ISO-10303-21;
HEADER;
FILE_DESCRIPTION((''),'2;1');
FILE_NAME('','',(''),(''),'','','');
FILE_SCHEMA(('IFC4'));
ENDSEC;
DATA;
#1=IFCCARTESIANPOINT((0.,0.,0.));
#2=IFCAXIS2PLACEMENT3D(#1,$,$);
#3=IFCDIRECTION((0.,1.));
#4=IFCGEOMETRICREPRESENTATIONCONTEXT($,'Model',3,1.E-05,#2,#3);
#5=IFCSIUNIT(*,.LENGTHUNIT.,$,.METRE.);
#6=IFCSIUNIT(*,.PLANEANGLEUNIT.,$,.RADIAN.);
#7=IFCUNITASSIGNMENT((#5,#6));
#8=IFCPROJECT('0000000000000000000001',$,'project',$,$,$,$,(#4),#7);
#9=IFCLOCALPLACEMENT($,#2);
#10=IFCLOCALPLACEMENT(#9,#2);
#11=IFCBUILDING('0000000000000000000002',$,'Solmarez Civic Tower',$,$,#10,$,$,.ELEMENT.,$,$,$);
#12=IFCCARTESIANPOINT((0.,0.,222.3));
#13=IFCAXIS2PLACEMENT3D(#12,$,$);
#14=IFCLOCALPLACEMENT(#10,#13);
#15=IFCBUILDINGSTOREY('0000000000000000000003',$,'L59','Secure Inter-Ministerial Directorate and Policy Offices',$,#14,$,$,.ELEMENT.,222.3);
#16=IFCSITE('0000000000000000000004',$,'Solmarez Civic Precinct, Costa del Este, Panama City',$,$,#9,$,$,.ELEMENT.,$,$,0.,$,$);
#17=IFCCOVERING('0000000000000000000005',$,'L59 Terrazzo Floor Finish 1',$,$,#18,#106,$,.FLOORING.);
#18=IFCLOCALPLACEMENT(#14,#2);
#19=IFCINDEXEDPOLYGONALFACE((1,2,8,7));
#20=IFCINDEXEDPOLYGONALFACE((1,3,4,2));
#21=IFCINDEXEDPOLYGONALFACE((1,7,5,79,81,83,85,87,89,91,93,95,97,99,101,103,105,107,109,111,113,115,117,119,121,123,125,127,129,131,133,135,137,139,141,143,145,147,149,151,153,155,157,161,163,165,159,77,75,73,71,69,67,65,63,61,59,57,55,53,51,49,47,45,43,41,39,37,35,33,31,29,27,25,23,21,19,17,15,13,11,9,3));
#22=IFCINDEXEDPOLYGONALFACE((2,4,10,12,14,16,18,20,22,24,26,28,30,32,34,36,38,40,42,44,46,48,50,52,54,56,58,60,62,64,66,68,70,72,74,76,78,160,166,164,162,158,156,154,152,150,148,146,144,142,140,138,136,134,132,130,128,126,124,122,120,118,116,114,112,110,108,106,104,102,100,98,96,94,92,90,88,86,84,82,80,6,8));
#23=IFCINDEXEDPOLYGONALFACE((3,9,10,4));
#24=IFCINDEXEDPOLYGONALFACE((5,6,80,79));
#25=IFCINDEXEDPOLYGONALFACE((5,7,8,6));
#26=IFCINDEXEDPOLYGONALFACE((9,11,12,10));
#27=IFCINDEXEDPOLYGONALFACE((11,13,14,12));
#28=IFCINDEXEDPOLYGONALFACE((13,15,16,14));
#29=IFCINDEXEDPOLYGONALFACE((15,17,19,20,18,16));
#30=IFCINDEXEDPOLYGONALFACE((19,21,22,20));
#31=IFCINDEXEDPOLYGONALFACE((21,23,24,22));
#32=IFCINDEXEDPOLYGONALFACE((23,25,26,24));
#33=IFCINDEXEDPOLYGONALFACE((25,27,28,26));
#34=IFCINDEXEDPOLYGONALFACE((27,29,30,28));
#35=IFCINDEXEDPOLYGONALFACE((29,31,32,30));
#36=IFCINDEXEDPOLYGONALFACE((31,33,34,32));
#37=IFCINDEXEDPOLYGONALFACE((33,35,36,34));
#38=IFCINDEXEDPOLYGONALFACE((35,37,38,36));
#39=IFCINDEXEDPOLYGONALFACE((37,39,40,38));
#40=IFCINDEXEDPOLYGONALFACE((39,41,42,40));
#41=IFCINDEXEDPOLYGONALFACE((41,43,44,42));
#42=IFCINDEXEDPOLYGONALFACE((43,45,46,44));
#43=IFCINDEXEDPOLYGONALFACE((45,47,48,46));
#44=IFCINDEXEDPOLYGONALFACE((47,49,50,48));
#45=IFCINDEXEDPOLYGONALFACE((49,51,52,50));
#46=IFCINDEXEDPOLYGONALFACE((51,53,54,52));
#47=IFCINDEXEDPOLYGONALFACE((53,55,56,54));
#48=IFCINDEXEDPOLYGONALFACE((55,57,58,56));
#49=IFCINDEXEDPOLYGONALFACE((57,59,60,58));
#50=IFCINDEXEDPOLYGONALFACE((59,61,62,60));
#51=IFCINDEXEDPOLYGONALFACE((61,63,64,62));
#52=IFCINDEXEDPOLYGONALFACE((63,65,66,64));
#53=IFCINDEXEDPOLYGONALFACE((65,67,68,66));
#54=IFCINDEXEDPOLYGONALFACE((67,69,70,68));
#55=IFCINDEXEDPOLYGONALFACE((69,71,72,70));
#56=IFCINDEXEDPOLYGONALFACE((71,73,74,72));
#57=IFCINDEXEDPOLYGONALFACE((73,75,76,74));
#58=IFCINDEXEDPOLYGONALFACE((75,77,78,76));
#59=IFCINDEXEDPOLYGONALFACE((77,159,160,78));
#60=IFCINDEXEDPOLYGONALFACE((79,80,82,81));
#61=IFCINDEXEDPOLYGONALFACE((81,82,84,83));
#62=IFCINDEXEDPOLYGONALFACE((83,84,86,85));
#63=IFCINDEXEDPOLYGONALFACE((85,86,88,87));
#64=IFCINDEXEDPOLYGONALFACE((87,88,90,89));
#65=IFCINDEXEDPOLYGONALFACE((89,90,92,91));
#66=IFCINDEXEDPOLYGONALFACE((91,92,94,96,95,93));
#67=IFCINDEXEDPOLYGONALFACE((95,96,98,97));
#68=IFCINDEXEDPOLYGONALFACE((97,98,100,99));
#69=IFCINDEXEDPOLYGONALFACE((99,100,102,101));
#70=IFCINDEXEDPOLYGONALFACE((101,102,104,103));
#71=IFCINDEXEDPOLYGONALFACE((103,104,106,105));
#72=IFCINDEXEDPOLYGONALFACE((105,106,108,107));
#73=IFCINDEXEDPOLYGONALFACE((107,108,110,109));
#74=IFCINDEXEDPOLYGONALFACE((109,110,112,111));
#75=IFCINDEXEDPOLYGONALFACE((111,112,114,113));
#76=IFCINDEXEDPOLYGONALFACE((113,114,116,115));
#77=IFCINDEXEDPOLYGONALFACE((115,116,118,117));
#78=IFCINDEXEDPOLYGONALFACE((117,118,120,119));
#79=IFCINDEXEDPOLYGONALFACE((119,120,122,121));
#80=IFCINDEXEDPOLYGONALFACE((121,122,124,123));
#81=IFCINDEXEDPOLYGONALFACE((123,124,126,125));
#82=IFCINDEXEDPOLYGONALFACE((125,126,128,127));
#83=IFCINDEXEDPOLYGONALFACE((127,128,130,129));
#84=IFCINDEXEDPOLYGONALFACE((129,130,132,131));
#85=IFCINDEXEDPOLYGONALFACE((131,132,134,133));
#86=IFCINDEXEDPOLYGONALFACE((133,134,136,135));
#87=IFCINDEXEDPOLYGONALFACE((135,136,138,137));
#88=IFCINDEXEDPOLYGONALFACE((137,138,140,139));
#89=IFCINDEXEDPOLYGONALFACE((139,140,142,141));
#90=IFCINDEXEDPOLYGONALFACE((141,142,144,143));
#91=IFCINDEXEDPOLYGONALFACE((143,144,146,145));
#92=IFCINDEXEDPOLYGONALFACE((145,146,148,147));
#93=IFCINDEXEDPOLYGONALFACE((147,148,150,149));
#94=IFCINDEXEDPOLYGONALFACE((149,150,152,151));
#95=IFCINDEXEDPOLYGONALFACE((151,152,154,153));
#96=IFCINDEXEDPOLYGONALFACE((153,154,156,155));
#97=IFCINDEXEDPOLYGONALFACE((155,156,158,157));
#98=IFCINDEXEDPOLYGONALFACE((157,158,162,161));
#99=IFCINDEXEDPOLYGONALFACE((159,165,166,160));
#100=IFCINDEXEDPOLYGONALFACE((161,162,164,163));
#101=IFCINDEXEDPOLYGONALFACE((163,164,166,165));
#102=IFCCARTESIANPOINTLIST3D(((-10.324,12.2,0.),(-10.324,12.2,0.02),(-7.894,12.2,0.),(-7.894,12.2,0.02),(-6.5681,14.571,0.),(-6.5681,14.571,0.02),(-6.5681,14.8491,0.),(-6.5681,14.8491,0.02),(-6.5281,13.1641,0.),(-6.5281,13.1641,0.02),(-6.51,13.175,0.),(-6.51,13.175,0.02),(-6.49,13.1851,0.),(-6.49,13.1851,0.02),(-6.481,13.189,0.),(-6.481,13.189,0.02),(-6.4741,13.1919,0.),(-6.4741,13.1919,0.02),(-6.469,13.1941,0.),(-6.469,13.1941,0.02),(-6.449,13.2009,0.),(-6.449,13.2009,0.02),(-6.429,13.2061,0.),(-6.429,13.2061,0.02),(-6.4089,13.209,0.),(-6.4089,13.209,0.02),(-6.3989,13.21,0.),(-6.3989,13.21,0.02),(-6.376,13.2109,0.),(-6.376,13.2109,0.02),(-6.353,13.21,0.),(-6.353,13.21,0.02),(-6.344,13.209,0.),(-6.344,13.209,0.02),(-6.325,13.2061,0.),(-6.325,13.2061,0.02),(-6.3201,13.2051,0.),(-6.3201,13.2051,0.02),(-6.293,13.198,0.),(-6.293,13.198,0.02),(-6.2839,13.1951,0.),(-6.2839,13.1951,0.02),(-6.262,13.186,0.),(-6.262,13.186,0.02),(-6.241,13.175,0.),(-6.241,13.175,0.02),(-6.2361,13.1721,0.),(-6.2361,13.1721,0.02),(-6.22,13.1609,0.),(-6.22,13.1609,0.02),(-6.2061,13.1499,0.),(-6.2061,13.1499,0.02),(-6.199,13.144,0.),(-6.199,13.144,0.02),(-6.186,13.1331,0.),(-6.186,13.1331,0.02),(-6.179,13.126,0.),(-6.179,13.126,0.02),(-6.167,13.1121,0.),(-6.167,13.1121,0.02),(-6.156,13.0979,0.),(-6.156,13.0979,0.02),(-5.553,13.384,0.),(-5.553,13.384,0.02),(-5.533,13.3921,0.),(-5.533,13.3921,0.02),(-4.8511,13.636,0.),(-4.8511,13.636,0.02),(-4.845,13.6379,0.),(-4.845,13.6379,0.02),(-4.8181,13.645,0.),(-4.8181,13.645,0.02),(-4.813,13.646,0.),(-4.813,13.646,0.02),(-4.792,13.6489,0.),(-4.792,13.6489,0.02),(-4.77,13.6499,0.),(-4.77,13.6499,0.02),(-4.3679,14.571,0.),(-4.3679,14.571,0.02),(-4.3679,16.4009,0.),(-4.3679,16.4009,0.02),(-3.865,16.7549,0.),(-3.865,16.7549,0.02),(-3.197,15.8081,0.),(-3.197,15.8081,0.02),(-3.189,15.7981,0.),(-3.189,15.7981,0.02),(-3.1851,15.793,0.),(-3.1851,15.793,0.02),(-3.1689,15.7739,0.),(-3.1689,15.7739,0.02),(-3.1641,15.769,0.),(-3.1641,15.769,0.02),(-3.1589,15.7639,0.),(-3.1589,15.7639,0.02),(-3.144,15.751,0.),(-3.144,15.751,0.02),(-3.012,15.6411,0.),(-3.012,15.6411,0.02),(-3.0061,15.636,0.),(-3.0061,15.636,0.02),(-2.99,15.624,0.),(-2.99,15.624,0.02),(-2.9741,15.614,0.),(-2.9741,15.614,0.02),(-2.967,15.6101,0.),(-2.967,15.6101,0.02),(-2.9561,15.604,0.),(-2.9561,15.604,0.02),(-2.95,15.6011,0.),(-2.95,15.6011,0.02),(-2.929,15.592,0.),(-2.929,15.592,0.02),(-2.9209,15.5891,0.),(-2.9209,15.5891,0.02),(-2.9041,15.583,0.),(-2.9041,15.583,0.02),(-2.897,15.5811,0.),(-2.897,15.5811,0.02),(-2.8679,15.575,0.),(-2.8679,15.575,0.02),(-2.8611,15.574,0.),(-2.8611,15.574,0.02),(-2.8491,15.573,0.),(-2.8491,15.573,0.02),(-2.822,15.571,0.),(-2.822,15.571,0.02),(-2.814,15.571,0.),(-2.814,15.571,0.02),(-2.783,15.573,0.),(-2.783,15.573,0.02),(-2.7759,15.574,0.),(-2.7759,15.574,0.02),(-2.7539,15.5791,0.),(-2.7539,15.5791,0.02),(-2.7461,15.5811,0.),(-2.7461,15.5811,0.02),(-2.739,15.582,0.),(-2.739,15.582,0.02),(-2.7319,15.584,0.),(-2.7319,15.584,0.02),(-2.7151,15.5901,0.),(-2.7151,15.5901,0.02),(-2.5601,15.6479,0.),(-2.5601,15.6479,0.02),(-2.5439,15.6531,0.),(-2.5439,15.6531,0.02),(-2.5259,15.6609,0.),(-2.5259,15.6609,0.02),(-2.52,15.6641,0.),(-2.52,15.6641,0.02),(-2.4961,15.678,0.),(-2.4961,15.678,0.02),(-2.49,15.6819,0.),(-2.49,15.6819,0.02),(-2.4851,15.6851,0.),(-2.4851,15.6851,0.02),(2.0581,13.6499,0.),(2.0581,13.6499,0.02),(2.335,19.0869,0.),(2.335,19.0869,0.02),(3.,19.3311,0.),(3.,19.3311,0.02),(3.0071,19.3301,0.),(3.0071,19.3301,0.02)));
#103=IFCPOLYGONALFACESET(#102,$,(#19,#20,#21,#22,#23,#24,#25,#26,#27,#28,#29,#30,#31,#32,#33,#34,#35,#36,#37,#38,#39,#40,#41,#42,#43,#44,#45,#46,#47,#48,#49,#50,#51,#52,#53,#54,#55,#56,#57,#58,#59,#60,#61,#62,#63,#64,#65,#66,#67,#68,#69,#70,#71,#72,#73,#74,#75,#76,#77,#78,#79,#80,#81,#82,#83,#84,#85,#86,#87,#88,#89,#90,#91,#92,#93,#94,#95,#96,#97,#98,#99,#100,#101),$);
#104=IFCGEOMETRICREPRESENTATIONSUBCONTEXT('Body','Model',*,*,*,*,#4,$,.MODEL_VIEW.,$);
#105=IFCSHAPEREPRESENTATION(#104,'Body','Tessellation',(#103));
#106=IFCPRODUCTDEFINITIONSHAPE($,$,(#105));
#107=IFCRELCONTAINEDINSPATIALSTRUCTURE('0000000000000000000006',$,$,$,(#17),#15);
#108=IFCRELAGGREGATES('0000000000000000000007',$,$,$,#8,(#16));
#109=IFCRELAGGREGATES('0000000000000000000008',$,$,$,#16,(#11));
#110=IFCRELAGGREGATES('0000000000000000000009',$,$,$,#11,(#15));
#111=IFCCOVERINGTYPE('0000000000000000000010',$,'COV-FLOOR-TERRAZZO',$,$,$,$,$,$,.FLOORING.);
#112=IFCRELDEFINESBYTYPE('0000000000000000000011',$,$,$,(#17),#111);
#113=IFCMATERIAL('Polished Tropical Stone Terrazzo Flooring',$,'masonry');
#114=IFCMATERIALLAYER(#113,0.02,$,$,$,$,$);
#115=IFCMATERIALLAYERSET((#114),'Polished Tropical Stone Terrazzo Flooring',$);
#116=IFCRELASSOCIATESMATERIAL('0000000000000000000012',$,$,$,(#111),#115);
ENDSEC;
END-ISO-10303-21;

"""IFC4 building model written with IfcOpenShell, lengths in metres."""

from ifc_helpers import new_model, si_unit, direction, frame, origin, place, context, subcontext, project, spatial, polyline, outline, extrude, material, layer, layer_set, type_object, element, save


model = new_model("IFC4")

# Units and contexts
model_context = context("Model", 3, precision=1e-05, world=origin(), true_north=direction((0.0, 1.0)))
body_context = subcontext(model_context, "Body", "Model", "MODEL_VIEW")
ifc_project = project(units=[si_unit("LENGTHUNIT", "METRE"), si_unit("PLANEANGLEUNIT", "RADIAN")], contexts=[model_context])

# Site, building, storey
site_placement = place(None, origin())
site = spatial("IfcSite", under=ifc_project, at=site_placement, Name="Solmarez Civic Precinct, Costa del Este, Panama City", CompositionType="ELEMENT", RefElevation=0.0)
building_placement = place(site_placement, origin())
building = spatial("IfcBuilding", under=site, at=building_placement, Name="Solmarez Civic Tower", CompositionType="ELEMENT")
storey_placement = place(building_placement, frame((0.0, 0.0, 222.3)))
storey = spatial("IfcBuildingStorey", under=building, at=storey_placement, Name="L59", Description="Secure Inter-Ministerial Directorate and Policy Offices", CompositionType="ELEMENT", Elevation=222.3)

# Covering
ifc_material_1 = material(Name="Polished Tropical Stone Terrazzo Flooring", Category="masonry")
ifc_layer_1 = layer(ifc_material_1, 0.02)
ifc_layer_set_1 = layer_set([ifc_layer_1], Name="Polished Tropical Stone Terrazzo Flooring")
covering_type_1 = type_object("IfcCoveringType", Name="COV-FLOOR-TERRAZZO", PredefinedType="FLOORING", material=ifc_layer_set_1)
covering_1_placement = place(storey_placement, origin())
element("IfcCovering", 1, at=covering_1_placement, inside=storey, type_object=covering_type_1, Name="L59 Terrazzo Floor Finish 1", PredefinedType="FLOORING", context=body_context, shape_type="SweptSolid", body=[
    extrude(outline(polyline([(-10.324, 12.2), (-7.894, 12.2), (-6.5281, 13.1641), (-6.51, 13.175), (-6.49, 13.1851), (-6.481, 13.189), (-6.4741, 13.1919), (-6.469, 13.1941), (-6.449, 13.2009), (-6.429, 13.2061), (-6.4089, 13.209), (-6.3989, 13.21), (-6.376, 13.2109), (-6.353, 13.21), (-6.344, 13.209), (-6.325, 13.2061), (-6.3201, 13.2051), (-6.293, 13.198), (-6.2839, 13.1951), (-6.262, 13.186), (-6.241, 13.175), (-6.2361, 13.1721), (-6.22, 13.1609), (-6.2061, 13.1499), (-6.199, 13.144), (-6.186, 13.1331), (-6.179, 13.126), (-6.167, 13.1121), (-6.156, 13.0979), (-5.553, 13.384), (-5.533, 13.3921), (-4.8511, 13.636), (-4.845, 13.6379), (-4.8181, 13.645), (-4.813, 13.646), (-4.792, 13.6489), (-4.77, 13.6499), (2.0581, 13.6499), (3.0071, 19.3301), (3.0, 19.3311), (2.335, 19.0869), (-2.4851, 15.6851), (-2.49, 15.6819), (-2.4961, 15.678), (-2.52, 15.6641), (-2.5259, 15.6609), (-2.5439, 15.6531), (-2.5601, 15.6479), (-2.7151, 15.5901), (-2.7319, 15.584), (-2.739, 15.582), (-2.7461, 15.5811), (-2.7539, 15.5791), (-2.7759, 15.574), (-2.783, 15.573), (-2.814, 15.571), (-2.822, 15.571), (-2.8491, 15.573), (-2.8611, 15.574), (-2.8679, 15.575), (-2.897, 15.5811), (-2.9041, 15.583), (-2.9209, 15.5891), (-2.929, 15.592), (-2.95, 15.6011), (-2.9561, 15.604), (-2.967, 15.6101), (-2.9741, 15.614), (-2.99, 15.624), (-3.0061, 15.636), (-3.012, 15.6411), (-3.144, 15.751), (-3.1589, 15.7639), (-3.1641, 15.769), (-3.1689, 15.7739), (-3.1851, 15.793), (-3.189, 15.7981), (-3.197, 15.8081), (-3.865, 16.7549), (-4.3679, 16.4009), (-4.3679, 14.571), (-6.5681, 14.571), (-6.5681, 14.8491), (-10.324, 12.2)])), origin(), (0.0, 0.0, 1.0), 0.02),
])

save(model, "model.ifc")
